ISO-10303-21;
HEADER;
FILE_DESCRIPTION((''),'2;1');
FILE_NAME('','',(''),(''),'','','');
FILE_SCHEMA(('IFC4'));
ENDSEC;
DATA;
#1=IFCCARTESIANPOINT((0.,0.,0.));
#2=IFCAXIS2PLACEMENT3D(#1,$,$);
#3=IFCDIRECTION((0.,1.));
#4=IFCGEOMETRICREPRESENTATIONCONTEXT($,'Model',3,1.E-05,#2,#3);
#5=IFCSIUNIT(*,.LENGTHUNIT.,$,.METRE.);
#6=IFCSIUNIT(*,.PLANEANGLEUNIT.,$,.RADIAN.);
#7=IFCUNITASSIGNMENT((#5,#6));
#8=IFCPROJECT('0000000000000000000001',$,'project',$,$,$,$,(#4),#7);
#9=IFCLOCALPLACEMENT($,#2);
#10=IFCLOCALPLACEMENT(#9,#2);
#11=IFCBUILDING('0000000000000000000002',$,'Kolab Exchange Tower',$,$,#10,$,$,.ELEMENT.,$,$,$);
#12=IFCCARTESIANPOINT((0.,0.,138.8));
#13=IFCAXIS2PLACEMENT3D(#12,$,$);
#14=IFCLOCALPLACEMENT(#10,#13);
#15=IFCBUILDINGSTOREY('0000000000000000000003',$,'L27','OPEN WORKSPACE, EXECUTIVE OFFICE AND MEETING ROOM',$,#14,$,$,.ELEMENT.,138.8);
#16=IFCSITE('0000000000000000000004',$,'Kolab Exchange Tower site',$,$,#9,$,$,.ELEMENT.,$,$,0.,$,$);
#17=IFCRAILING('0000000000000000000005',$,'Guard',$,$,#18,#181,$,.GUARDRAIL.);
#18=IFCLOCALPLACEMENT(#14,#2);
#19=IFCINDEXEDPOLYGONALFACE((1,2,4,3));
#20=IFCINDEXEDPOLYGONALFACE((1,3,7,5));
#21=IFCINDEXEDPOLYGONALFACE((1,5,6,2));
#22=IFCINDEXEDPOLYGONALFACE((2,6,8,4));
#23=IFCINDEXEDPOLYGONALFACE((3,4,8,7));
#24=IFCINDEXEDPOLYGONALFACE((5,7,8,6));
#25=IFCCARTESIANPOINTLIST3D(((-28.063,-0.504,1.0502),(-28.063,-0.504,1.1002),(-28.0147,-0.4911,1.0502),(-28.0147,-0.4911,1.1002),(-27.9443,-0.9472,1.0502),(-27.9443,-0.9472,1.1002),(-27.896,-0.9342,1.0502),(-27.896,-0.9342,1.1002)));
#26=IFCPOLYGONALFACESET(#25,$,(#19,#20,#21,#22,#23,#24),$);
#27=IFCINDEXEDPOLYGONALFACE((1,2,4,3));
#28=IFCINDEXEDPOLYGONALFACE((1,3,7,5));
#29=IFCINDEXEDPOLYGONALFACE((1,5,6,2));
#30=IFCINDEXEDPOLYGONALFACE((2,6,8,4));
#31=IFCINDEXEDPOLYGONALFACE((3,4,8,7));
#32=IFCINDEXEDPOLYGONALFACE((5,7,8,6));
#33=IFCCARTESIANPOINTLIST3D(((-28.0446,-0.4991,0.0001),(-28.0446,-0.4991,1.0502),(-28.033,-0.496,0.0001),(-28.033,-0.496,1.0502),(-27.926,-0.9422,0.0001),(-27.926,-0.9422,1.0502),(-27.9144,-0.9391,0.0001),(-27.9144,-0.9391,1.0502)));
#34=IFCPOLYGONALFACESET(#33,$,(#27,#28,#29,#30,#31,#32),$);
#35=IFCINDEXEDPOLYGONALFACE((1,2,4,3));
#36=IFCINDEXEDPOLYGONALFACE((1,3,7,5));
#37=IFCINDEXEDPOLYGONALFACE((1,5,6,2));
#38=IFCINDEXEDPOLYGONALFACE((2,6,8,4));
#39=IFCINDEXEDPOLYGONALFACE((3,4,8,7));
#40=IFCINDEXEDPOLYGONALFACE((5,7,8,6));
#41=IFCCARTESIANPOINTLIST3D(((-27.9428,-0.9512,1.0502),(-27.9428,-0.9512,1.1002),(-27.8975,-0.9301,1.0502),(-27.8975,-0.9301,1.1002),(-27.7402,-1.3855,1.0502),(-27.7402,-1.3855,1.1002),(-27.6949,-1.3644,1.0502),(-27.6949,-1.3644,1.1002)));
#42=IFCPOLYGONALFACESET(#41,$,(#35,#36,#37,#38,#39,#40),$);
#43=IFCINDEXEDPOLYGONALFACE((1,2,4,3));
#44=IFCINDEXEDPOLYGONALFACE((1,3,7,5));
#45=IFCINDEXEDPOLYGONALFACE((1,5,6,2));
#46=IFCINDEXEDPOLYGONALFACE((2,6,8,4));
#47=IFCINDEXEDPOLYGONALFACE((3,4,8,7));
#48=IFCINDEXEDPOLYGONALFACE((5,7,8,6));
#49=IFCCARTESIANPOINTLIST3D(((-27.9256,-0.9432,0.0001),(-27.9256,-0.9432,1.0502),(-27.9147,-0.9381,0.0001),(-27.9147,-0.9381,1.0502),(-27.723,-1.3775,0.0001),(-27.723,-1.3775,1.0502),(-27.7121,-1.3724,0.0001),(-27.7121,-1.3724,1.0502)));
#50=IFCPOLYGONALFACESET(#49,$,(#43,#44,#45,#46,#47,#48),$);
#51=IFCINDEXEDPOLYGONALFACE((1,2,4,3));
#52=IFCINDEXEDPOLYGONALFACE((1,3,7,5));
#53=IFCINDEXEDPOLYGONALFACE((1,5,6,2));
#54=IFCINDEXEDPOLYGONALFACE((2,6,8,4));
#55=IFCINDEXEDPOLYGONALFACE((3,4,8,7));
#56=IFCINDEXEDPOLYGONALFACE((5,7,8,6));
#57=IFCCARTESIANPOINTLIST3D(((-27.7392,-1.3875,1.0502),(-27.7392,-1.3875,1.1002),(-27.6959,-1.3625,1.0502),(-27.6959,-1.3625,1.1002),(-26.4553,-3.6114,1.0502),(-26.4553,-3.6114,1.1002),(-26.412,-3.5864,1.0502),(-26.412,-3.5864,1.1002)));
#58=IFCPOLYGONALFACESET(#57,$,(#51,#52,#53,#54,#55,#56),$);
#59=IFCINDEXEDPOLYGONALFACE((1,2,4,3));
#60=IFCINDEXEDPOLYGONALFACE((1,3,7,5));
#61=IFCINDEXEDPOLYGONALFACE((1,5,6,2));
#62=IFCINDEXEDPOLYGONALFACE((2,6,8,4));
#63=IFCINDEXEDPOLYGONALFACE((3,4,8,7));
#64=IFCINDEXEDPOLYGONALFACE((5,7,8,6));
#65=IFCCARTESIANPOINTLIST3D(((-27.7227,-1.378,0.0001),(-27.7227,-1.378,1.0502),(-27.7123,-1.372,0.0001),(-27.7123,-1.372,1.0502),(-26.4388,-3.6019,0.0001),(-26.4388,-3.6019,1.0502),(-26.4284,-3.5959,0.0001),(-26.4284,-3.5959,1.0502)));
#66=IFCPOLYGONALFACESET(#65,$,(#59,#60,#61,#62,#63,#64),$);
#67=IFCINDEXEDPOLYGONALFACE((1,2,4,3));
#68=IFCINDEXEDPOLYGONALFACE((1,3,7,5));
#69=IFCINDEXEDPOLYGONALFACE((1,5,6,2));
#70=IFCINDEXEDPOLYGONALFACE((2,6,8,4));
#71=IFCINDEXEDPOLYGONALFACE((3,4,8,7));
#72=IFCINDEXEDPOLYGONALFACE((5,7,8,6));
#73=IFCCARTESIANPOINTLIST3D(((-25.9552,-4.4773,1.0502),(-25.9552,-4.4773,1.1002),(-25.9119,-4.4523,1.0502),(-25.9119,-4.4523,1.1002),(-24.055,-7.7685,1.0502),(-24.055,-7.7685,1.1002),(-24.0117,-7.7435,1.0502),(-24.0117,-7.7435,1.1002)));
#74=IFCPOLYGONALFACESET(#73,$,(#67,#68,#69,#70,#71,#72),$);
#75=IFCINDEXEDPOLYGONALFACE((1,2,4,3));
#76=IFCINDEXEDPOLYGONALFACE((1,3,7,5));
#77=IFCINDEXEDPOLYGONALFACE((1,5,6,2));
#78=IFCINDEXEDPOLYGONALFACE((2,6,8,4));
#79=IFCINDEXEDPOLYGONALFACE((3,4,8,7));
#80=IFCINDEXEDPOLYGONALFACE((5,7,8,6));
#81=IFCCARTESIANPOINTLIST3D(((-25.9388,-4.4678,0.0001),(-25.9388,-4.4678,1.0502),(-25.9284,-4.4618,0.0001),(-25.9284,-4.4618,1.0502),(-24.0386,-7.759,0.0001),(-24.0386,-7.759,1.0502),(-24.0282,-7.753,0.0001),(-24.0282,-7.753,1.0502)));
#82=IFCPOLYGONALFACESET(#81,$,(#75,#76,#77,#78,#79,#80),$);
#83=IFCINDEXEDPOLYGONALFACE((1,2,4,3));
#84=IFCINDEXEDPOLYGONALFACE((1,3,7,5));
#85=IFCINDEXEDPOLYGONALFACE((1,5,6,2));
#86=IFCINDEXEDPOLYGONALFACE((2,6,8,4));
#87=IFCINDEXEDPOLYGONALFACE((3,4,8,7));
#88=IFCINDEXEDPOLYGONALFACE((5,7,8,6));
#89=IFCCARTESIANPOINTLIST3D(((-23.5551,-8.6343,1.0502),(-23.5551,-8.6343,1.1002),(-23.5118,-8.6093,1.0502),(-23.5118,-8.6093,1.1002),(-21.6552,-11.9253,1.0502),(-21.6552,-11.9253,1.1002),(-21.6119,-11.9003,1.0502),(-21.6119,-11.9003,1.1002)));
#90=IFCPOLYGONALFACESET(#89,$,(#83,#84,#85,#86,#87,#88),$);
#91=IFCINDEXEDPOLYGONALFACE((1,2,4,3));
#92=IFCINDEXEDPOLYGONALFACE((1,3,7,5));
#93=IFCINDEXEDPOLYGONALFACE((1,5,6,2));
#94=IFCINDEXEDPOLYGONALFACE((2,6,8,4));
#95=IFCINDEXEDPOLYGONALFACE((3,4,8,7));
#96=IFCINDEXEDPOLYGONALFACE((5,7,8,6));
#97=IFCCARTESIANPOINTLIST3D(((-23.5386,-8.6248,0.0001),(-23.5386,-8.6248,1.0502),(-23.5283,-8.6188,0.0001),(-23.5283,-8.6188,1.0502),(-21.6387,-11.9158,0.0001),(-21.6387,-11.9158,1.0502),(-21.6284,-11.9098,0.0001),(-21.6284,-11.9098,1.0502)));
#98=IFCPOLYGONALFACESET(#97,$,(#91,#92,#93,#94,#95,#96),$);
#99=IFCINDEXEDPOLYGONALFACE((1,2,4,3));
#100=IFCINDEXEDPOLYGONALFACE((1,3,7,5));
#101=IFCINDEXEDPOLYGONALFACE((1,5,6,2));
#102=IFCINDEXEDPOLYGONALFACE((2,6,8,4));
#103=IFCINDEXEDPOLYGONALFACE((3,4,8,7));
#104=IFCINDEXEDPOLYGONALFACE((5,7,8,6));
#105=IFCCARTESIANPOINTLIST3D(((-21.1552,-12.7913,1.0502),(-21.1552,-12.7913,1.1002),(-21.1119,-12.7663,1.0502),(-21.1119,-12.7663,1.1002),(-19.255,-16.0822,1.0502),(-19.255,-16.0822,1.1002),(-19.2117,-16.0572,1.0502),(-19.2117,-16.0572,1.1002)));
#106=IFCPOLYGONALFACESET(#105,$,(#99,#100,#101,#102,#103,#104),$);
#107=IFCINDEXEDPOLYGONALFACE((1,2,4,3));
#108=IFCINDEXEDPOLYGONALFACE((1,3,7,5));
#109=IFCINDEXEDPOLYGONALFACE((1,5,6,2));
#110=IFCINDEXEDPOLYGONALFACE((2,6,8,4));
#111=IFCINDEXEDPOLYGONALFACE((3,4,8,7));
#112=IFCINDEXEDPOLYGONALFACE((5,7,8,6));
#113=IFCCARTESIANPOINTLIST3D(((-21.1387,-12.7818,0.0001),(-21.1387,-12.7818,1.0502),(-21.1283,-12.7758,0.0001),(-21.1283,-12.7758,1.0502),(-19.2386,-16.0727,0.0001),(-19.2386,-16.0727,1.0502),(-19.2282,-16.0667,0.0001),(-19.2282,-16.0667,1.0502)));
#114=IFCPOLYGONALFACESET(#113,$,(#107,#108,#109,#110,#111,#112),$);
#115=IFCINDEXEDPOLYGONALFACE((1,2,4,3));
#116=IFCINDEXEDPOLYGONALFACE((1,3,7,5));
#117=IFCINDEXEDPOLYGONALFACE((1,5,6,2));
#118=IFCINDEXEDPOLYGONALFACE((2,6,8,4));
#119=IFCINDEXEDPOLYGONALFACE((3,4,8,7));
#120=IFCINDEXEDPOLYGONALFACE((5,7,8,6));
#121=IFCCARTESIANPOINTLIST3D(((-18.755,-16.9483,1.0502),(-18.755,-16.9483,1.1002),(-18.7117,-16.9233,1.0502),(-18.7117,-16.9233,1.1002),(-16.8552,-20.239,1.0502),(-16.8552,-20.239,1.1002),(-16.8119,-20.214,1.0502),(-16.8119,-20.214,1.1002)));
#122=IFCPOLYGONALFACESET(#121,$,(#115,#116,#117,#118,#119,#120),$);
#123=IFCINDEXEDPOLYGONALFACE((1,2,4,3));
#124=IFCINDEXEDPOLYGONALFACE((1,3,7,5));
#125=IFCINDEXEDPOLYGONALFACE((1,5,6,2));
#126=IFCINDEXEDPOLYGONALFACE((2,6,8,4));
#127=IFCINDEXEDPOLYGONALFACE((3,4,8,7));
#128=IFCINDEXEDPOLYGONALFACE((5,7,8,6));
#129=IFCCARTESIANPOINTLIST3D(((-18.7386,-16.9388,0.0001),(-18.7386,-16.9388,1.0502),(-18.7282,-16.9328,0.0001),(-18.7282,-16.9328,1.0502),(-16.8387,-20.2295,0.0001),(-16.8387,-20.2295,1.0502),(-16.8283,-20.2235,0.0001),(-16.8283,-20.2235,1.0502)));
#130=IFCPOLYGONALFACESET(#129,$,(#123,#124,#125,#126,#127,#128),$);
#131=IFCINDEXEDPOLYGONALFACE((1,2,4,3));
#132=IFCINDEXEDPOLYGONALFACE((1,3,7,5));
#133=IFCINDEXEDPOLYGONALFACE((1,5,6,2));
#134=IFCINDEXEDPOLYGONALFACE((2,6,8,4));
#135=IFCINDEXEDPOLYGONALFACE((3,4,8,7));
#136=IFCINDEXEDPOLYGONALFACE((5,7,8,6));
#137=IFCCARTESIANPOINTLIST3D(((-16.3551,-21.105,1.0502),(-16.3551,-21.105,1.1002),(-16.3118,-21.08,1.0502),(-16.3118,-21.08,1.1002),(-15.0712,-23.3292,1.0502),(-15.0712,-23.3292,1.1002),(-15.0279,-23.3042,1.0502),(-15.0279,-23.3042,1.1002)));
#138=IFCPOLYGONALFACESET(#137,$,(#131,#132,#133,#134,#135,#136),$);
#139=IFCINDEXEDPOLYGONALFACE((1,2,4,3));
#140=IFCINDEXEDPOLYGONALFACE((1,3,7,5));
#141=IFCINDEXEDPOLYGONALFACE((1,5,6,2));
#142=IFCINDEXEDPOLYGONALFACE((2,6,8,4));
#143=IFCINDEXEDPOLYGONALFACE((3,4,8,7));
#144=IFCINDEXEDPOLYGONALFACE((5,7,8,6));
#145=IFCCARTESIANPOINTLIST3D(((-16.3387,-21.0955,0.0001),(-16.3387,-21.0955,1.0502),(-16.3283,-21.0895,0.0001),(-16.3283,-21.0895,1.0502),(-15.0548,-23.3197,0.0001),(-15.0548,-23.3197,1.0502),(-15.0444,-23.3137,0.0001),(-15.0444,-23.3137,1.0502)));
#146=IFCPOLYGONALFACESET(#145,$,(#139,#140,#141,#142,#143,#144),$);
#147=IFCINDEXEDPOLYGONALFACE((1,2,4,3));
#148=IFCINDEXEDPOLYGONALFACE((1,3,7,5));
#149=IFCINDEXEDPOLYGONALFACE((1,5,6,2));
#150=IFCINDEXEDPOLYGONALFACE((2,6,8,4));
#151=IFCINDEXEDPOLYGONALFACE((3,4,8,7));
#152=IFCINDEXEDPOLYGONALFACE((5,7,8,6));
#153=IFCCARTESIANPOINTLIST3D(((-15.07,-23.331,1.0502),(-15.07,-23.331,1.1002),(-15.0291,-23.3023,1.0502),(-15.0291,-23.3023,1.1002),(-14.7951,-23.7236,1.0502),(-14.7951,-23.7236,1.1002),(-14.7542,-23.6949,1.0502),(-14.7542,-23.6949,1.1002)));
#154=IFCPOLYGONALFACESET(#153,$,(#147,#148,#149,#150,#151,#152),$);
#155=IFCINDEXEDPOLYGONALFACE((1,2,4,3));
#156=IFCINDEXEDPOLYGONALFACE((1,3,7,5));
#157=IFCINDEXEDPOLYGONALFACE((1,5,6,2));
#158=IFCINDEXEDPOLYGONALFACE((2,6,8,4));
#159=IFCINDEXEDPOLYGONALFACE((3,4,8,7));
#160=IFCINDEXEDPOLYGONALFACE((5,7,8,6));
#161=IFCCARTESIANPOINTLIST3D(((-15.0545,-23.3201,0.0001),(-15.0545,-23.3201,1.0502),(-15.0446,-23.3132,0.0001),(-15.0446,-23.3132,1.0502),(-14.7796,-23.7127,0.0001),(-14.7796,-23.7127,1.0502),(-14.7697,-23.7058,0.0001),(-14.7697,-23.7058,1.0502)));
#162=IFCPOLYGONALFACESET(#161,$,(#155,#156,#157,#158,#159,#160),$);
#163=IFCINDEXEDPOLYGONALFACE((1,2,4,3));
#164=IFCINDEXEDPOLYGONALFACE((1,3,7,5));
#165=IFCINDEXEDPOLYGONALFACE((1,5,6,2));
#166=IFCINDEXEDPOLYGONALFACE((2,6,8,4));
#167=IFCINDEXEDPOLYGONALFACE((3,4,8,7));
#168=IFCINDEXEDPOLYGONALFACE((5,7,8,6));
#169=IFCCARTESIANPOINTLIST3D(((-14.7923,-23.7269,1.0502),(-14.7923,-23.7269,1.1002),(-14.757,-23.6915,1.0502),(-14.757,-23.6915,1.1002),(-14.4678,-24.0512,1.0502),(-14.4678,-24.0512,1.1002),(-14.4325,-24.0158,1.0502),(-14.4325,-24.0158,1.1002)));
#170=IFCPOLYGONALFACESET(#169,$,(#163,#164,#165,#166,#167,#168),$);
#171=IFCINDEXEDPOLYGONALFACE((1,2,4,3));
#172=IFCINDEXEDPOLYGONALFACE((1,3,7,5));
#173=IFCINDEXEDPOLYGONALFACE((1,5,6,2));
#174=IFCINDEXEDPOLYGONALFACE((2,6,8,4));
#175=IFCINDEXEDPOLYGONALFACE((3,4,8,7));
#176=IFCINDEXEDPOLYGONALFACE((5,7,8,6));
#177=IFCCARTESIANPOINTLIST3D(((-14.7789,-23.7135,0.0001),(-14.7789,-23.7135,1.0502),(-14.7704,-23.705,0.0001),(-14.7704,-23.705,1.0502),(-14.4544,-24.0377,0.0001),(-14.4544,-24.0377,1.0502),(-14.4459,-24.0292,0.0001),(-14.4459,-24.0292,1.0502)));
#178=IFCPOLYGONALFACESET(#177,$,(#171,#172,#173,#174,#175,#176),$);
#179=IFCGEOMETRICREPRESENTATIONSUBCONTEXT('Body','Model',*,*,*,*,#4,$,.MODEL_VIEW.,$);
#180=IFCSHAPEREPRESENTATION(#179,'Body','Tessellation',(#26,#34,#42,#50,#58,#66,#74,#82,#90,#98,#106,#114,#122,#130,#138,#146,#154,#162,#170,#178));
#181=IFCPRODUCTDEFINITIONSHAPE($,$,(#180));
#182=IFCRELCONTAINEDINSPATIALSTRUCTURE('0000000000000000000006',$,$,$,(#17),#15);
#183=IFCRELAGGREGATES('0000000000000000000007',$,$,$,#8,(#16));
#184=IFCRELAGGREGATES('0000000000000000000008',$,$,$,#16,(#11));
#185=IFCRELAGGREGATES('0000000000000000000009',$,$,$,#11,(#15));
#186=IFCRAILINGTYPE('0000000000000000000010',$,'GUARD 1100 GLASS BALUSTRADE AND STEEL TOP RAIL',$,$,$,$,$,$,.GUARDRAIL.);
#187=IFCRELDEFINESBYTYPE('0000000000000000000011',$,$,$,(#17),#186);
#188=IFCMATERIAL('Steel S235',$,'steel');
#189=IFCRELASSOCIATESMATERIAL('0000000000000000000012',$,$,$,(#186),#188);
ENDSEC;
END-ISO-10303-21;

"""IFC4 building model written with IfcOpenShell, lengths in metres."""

from ifc_helpers import new_model, si_unit, direction, frame, frame_2d, origin, origin_2d, place, context, subcontext, project, spatial, rectangle, extrude, material, type_object, element, save


model = new_model("IFC4")

# Units and contexts
model_context = context("Model", 3, precision=1e-05, world=origin(), true_north=direction((0.0, 1.0)))
body_context = subcontext(model_context, "Body", "Model", "MODEL_VIEW")
ifc_project = project(units=[si_unit("LENGTHUNIT", "METRE"), si_unit("PLANEANGLEUNIT", "RADIAN")], contexts=[model_context])

# Site, building, storey
site_placement = place(None, origin())
site = spatial("IfcSite", under=ifc_project, at=site_placement, Name="Kolab Exchange Tower site", CompositionType="ELEMENT", RefElevation=0.0)
building_placement = place(site_placement, origin())
building = spatial("IfcBuilding", under=site, at=building_placement, Name="Kolab Exchange Tower", CompositionType="ELEMENT")
storey_placement = place(building_placement, frame((0.0, 0.0, 138.8)))
storey = spatial("IfcBuildingStorey", under=building, at=storey_placement, Name="L27", Description="OPEN WORKSPACE, EXECUTIVE OFFICE AND MEETING ROOM", CompositionType="ELEMENT", Elevation=138.8)

# Railing
ifc_material_1 = material(Name="Steel S235", Category="steel")
railing_type = type_object("IfcRailingType", Name="GUARD 1100 GLASS BALUSTRADE AND STEEL TOP RAIL", PredefinedType="GUARDRAIL", material=ifc_material_1)
railing_placement = place(storey_placement, frame((-28.0388, -0.4976, 0.0)))
element("IfcRailing", 1, at=railing_placement, inside=storey, type_object=railing_type, Name="Guard", PredefinedType="GUARDRAIL", context=body_context, shape_type="SweptSolid", body=[
    extrude(rectangle(XDim=0.05, YDim=0.05, at=origin_2d()), frame((0.0, 0.0, 1.0752), z_axis=(0.258656, -0.965969, 0.0), x_axis=(0.965969, 0.258656, 0.0)), (0.0, 0.0, 1.0), 0.4587),
    extrude(rectangle(XDim=0.012, YDim=1.0501, at=frame_2d((0.0, 0.5251))), frame((0.0, 0.0, 0.0), z_axis=(0.258656, -0.965969, 0.0), x_axis=(0.965969, 0.258656, 0.0)), (0.0, 0.0, 1.0), 0.4587),
    extrude(rectangle(XDim=0.05, YDim=0.05, at=origin_2d()), frame((0.1187, -0.4431, 1.0752), z_axis=(0.422802, -0.906222, 0.0), x_axis=(0.906222, 0.422802, 0.0)), (0.0, 0.0, 1.0), 0.4792),
    extrude(rectangle(XDim=0.012, YDim=1.0501, at=frame_2d((0.0, 0.5251))), frame((0.1187, -0.4431, 0.0), z_axis=(0.422802, -0.906222, 0.0), x_axis=(0.906222, 0.422802, 0.0)), (0.0, 0.0, 1.0), 0.4792),
    extrude(rectangle(XDim=0.05, YDim=0.05, at=origin_2d()), frame((0.3213, -0.8774, 1.0752), z_axis=(0.499994, -0.866029, 0.0), x_axis=(0.866029, 0.499994, 0.0)), (0.0, 0.0, 1.0), 2.5679),
    extrude(rectangle(XDim=0.012, YDim=1.0501, at=frame_2d((0.0, 0.5251))), frame((0.3213, -0.8774, 0.0), z_axis=(0.499994, -0.866029, 0.0), x_axis=(0.866029, 0.499994, 0.0)), (0.0, 0.0, 1.0), 2.5679),
    extrude(rectangle(XDim=0.05, YDim=0.05, at=origin_2d()), frame((2.1052, -3.9673, 1.0752), z_axis=(0.500015, -0.866017, 0.0), x_axis=(0.866017, 0.500015, 0.0)), (0.0, 0.0, 1.0), 3.8003),
    extrude(rectangle(XDim=0.012, YDim=1.0501, at=frame_2d((0.0, 0.5251))), frame((2.1052, -3.9673, 0.0), z_axis=(0.500015, -0.866017, 0.0), x_axis=(0.866017, 0.500015, 0.0)), (0.0, 0.0, 1.0), 3.8003),
    extrude(rectangle(XDim=0.05, YDim=0.05, at=origin_2d()), frame((4.5054, -8.1243, 1.0752), z_axis=(0.499967, -0.866044, 0.0), x_axis=(0.866044, 0.499967, 0.0)), (0.0, 0.0, 1.0), 3.8),
    extrude(rectangle(XDim=0.012, YDim=1.0501, at=frame_2d((0.0, 0.5251))), frame((4.5054, -8.1243, 0.0), z_axis=(0.499967, -0.866044, 0.0), x_axis=(0.866044, 0.499967, 0.0)), (0.0, 0.0, 1.0), 3.8),
    extrude(rectangle(XDim=0.05, YDim=0.05, at=origin_2d()), frame((6.9053, -12.2812, 1.0752), z_axis=(0.500043, -0.866, 0.0), x_axis=(0.866, 0.500043, 0.0)), (0.0, 0.0, 1.0), 3.8),
    extrude(rectangle(XDim=0.012, YDim=1.0501, at=frame_2d((0.0, 0.5251))), frame((6.9053, -12.2812, 0.0), z_axis=(0.500043, -0.866, 0.0), x_axis=(0.866, 0.500043, 0.0)), (0.0, 0.0, 1.0), 3.8),
    extrude(rectangle(XDim=0.05, YDim=0.05, at=origin_2d()), frame((9.3054, -16.4382, 1.0752), z_axis=(0.499995, -0.866028, 0.0), x_axis=(0.866028, 0.499995, 0.0)), (0.0, 0.0, 1.0), 3.7998),
    extrude(rectangle(XDim=0.012, YDim=1.0501, at=frame_2d((0.0, 0.5251))), frame((9.3054, -16.4382, 0.0), z_axis=(0.499995, -0.866028, 0.0), x_axis=(0.866028, 0.499995, 0.0)), (0.0, 0.0, 1.0), 3.7998),
    extrude(rectangle(XDim=0.05, YDim=0.05, at=origin_2d()), frame((11.7053, -20.595, 1.0752), z_axis=(0.499953, -0.866053, 0.0), x_axis=(0.866053, 0.499953, 0.0)), (0.0, 0.0, 1.0), 2.5681),
    extrude(rectangle(XDim=0.012, YDim=1.0501, at=frame_2d((0.0, 0.5251))), frame((11.7053, -20.595, 0.0), z_axis=(0.499953, -0.866053, 0.0), x_axis=(0.866053, 0.499953, 0.0)), (0.0, 0.0, 1.0), 2.5681),
    extrude(rectangle(XDim=0.05, YDim=0.05, at=origin_2d()), frame((12.9893, -22.8191, 1.0752), z_axis=(0.573599, -0.819136, 0.0), x_axis=(0.819136, 0.573599, 0.0)), (0.0, 0.0, 1.0), 0.4792),
    extrude(rectangle(XDim=0.012, YDim=1.0501, at=frame_2d((0.0, 0.5251))), frame((12.9893, -22.8191, 0.0), z_axis=(0.573599, -0.819136, 0.0), x_axis=(0.819136, 0.573599, 0.0)), (0.0, 0.0, 1.0), 0.4792),
    extrude(rectangle(XDim=0.05, YDim=0.05, at=origin_2d()), frame((13.2642, -23.2117, 1.0752), z_axis=(0.707373, -0.706841, 0.0), x_axis=(0.706841, 0.707373, 0.0)), (0.0, 0.0, 1.0), 0.4587),
    extrude(rectangle(XDim=0.012, YDim=1.0501, at=frame_2d((0.0, 0.5251))), frame((13.2642, -23.2117, 0.0), z_axis=(0.707373, -0.706841, 0.0), x_axis=(0.706841, 0.707373, 0.0)), (0.0, 0.0, 1.0), 0.4587),
])

save(model, "model.ifc")
